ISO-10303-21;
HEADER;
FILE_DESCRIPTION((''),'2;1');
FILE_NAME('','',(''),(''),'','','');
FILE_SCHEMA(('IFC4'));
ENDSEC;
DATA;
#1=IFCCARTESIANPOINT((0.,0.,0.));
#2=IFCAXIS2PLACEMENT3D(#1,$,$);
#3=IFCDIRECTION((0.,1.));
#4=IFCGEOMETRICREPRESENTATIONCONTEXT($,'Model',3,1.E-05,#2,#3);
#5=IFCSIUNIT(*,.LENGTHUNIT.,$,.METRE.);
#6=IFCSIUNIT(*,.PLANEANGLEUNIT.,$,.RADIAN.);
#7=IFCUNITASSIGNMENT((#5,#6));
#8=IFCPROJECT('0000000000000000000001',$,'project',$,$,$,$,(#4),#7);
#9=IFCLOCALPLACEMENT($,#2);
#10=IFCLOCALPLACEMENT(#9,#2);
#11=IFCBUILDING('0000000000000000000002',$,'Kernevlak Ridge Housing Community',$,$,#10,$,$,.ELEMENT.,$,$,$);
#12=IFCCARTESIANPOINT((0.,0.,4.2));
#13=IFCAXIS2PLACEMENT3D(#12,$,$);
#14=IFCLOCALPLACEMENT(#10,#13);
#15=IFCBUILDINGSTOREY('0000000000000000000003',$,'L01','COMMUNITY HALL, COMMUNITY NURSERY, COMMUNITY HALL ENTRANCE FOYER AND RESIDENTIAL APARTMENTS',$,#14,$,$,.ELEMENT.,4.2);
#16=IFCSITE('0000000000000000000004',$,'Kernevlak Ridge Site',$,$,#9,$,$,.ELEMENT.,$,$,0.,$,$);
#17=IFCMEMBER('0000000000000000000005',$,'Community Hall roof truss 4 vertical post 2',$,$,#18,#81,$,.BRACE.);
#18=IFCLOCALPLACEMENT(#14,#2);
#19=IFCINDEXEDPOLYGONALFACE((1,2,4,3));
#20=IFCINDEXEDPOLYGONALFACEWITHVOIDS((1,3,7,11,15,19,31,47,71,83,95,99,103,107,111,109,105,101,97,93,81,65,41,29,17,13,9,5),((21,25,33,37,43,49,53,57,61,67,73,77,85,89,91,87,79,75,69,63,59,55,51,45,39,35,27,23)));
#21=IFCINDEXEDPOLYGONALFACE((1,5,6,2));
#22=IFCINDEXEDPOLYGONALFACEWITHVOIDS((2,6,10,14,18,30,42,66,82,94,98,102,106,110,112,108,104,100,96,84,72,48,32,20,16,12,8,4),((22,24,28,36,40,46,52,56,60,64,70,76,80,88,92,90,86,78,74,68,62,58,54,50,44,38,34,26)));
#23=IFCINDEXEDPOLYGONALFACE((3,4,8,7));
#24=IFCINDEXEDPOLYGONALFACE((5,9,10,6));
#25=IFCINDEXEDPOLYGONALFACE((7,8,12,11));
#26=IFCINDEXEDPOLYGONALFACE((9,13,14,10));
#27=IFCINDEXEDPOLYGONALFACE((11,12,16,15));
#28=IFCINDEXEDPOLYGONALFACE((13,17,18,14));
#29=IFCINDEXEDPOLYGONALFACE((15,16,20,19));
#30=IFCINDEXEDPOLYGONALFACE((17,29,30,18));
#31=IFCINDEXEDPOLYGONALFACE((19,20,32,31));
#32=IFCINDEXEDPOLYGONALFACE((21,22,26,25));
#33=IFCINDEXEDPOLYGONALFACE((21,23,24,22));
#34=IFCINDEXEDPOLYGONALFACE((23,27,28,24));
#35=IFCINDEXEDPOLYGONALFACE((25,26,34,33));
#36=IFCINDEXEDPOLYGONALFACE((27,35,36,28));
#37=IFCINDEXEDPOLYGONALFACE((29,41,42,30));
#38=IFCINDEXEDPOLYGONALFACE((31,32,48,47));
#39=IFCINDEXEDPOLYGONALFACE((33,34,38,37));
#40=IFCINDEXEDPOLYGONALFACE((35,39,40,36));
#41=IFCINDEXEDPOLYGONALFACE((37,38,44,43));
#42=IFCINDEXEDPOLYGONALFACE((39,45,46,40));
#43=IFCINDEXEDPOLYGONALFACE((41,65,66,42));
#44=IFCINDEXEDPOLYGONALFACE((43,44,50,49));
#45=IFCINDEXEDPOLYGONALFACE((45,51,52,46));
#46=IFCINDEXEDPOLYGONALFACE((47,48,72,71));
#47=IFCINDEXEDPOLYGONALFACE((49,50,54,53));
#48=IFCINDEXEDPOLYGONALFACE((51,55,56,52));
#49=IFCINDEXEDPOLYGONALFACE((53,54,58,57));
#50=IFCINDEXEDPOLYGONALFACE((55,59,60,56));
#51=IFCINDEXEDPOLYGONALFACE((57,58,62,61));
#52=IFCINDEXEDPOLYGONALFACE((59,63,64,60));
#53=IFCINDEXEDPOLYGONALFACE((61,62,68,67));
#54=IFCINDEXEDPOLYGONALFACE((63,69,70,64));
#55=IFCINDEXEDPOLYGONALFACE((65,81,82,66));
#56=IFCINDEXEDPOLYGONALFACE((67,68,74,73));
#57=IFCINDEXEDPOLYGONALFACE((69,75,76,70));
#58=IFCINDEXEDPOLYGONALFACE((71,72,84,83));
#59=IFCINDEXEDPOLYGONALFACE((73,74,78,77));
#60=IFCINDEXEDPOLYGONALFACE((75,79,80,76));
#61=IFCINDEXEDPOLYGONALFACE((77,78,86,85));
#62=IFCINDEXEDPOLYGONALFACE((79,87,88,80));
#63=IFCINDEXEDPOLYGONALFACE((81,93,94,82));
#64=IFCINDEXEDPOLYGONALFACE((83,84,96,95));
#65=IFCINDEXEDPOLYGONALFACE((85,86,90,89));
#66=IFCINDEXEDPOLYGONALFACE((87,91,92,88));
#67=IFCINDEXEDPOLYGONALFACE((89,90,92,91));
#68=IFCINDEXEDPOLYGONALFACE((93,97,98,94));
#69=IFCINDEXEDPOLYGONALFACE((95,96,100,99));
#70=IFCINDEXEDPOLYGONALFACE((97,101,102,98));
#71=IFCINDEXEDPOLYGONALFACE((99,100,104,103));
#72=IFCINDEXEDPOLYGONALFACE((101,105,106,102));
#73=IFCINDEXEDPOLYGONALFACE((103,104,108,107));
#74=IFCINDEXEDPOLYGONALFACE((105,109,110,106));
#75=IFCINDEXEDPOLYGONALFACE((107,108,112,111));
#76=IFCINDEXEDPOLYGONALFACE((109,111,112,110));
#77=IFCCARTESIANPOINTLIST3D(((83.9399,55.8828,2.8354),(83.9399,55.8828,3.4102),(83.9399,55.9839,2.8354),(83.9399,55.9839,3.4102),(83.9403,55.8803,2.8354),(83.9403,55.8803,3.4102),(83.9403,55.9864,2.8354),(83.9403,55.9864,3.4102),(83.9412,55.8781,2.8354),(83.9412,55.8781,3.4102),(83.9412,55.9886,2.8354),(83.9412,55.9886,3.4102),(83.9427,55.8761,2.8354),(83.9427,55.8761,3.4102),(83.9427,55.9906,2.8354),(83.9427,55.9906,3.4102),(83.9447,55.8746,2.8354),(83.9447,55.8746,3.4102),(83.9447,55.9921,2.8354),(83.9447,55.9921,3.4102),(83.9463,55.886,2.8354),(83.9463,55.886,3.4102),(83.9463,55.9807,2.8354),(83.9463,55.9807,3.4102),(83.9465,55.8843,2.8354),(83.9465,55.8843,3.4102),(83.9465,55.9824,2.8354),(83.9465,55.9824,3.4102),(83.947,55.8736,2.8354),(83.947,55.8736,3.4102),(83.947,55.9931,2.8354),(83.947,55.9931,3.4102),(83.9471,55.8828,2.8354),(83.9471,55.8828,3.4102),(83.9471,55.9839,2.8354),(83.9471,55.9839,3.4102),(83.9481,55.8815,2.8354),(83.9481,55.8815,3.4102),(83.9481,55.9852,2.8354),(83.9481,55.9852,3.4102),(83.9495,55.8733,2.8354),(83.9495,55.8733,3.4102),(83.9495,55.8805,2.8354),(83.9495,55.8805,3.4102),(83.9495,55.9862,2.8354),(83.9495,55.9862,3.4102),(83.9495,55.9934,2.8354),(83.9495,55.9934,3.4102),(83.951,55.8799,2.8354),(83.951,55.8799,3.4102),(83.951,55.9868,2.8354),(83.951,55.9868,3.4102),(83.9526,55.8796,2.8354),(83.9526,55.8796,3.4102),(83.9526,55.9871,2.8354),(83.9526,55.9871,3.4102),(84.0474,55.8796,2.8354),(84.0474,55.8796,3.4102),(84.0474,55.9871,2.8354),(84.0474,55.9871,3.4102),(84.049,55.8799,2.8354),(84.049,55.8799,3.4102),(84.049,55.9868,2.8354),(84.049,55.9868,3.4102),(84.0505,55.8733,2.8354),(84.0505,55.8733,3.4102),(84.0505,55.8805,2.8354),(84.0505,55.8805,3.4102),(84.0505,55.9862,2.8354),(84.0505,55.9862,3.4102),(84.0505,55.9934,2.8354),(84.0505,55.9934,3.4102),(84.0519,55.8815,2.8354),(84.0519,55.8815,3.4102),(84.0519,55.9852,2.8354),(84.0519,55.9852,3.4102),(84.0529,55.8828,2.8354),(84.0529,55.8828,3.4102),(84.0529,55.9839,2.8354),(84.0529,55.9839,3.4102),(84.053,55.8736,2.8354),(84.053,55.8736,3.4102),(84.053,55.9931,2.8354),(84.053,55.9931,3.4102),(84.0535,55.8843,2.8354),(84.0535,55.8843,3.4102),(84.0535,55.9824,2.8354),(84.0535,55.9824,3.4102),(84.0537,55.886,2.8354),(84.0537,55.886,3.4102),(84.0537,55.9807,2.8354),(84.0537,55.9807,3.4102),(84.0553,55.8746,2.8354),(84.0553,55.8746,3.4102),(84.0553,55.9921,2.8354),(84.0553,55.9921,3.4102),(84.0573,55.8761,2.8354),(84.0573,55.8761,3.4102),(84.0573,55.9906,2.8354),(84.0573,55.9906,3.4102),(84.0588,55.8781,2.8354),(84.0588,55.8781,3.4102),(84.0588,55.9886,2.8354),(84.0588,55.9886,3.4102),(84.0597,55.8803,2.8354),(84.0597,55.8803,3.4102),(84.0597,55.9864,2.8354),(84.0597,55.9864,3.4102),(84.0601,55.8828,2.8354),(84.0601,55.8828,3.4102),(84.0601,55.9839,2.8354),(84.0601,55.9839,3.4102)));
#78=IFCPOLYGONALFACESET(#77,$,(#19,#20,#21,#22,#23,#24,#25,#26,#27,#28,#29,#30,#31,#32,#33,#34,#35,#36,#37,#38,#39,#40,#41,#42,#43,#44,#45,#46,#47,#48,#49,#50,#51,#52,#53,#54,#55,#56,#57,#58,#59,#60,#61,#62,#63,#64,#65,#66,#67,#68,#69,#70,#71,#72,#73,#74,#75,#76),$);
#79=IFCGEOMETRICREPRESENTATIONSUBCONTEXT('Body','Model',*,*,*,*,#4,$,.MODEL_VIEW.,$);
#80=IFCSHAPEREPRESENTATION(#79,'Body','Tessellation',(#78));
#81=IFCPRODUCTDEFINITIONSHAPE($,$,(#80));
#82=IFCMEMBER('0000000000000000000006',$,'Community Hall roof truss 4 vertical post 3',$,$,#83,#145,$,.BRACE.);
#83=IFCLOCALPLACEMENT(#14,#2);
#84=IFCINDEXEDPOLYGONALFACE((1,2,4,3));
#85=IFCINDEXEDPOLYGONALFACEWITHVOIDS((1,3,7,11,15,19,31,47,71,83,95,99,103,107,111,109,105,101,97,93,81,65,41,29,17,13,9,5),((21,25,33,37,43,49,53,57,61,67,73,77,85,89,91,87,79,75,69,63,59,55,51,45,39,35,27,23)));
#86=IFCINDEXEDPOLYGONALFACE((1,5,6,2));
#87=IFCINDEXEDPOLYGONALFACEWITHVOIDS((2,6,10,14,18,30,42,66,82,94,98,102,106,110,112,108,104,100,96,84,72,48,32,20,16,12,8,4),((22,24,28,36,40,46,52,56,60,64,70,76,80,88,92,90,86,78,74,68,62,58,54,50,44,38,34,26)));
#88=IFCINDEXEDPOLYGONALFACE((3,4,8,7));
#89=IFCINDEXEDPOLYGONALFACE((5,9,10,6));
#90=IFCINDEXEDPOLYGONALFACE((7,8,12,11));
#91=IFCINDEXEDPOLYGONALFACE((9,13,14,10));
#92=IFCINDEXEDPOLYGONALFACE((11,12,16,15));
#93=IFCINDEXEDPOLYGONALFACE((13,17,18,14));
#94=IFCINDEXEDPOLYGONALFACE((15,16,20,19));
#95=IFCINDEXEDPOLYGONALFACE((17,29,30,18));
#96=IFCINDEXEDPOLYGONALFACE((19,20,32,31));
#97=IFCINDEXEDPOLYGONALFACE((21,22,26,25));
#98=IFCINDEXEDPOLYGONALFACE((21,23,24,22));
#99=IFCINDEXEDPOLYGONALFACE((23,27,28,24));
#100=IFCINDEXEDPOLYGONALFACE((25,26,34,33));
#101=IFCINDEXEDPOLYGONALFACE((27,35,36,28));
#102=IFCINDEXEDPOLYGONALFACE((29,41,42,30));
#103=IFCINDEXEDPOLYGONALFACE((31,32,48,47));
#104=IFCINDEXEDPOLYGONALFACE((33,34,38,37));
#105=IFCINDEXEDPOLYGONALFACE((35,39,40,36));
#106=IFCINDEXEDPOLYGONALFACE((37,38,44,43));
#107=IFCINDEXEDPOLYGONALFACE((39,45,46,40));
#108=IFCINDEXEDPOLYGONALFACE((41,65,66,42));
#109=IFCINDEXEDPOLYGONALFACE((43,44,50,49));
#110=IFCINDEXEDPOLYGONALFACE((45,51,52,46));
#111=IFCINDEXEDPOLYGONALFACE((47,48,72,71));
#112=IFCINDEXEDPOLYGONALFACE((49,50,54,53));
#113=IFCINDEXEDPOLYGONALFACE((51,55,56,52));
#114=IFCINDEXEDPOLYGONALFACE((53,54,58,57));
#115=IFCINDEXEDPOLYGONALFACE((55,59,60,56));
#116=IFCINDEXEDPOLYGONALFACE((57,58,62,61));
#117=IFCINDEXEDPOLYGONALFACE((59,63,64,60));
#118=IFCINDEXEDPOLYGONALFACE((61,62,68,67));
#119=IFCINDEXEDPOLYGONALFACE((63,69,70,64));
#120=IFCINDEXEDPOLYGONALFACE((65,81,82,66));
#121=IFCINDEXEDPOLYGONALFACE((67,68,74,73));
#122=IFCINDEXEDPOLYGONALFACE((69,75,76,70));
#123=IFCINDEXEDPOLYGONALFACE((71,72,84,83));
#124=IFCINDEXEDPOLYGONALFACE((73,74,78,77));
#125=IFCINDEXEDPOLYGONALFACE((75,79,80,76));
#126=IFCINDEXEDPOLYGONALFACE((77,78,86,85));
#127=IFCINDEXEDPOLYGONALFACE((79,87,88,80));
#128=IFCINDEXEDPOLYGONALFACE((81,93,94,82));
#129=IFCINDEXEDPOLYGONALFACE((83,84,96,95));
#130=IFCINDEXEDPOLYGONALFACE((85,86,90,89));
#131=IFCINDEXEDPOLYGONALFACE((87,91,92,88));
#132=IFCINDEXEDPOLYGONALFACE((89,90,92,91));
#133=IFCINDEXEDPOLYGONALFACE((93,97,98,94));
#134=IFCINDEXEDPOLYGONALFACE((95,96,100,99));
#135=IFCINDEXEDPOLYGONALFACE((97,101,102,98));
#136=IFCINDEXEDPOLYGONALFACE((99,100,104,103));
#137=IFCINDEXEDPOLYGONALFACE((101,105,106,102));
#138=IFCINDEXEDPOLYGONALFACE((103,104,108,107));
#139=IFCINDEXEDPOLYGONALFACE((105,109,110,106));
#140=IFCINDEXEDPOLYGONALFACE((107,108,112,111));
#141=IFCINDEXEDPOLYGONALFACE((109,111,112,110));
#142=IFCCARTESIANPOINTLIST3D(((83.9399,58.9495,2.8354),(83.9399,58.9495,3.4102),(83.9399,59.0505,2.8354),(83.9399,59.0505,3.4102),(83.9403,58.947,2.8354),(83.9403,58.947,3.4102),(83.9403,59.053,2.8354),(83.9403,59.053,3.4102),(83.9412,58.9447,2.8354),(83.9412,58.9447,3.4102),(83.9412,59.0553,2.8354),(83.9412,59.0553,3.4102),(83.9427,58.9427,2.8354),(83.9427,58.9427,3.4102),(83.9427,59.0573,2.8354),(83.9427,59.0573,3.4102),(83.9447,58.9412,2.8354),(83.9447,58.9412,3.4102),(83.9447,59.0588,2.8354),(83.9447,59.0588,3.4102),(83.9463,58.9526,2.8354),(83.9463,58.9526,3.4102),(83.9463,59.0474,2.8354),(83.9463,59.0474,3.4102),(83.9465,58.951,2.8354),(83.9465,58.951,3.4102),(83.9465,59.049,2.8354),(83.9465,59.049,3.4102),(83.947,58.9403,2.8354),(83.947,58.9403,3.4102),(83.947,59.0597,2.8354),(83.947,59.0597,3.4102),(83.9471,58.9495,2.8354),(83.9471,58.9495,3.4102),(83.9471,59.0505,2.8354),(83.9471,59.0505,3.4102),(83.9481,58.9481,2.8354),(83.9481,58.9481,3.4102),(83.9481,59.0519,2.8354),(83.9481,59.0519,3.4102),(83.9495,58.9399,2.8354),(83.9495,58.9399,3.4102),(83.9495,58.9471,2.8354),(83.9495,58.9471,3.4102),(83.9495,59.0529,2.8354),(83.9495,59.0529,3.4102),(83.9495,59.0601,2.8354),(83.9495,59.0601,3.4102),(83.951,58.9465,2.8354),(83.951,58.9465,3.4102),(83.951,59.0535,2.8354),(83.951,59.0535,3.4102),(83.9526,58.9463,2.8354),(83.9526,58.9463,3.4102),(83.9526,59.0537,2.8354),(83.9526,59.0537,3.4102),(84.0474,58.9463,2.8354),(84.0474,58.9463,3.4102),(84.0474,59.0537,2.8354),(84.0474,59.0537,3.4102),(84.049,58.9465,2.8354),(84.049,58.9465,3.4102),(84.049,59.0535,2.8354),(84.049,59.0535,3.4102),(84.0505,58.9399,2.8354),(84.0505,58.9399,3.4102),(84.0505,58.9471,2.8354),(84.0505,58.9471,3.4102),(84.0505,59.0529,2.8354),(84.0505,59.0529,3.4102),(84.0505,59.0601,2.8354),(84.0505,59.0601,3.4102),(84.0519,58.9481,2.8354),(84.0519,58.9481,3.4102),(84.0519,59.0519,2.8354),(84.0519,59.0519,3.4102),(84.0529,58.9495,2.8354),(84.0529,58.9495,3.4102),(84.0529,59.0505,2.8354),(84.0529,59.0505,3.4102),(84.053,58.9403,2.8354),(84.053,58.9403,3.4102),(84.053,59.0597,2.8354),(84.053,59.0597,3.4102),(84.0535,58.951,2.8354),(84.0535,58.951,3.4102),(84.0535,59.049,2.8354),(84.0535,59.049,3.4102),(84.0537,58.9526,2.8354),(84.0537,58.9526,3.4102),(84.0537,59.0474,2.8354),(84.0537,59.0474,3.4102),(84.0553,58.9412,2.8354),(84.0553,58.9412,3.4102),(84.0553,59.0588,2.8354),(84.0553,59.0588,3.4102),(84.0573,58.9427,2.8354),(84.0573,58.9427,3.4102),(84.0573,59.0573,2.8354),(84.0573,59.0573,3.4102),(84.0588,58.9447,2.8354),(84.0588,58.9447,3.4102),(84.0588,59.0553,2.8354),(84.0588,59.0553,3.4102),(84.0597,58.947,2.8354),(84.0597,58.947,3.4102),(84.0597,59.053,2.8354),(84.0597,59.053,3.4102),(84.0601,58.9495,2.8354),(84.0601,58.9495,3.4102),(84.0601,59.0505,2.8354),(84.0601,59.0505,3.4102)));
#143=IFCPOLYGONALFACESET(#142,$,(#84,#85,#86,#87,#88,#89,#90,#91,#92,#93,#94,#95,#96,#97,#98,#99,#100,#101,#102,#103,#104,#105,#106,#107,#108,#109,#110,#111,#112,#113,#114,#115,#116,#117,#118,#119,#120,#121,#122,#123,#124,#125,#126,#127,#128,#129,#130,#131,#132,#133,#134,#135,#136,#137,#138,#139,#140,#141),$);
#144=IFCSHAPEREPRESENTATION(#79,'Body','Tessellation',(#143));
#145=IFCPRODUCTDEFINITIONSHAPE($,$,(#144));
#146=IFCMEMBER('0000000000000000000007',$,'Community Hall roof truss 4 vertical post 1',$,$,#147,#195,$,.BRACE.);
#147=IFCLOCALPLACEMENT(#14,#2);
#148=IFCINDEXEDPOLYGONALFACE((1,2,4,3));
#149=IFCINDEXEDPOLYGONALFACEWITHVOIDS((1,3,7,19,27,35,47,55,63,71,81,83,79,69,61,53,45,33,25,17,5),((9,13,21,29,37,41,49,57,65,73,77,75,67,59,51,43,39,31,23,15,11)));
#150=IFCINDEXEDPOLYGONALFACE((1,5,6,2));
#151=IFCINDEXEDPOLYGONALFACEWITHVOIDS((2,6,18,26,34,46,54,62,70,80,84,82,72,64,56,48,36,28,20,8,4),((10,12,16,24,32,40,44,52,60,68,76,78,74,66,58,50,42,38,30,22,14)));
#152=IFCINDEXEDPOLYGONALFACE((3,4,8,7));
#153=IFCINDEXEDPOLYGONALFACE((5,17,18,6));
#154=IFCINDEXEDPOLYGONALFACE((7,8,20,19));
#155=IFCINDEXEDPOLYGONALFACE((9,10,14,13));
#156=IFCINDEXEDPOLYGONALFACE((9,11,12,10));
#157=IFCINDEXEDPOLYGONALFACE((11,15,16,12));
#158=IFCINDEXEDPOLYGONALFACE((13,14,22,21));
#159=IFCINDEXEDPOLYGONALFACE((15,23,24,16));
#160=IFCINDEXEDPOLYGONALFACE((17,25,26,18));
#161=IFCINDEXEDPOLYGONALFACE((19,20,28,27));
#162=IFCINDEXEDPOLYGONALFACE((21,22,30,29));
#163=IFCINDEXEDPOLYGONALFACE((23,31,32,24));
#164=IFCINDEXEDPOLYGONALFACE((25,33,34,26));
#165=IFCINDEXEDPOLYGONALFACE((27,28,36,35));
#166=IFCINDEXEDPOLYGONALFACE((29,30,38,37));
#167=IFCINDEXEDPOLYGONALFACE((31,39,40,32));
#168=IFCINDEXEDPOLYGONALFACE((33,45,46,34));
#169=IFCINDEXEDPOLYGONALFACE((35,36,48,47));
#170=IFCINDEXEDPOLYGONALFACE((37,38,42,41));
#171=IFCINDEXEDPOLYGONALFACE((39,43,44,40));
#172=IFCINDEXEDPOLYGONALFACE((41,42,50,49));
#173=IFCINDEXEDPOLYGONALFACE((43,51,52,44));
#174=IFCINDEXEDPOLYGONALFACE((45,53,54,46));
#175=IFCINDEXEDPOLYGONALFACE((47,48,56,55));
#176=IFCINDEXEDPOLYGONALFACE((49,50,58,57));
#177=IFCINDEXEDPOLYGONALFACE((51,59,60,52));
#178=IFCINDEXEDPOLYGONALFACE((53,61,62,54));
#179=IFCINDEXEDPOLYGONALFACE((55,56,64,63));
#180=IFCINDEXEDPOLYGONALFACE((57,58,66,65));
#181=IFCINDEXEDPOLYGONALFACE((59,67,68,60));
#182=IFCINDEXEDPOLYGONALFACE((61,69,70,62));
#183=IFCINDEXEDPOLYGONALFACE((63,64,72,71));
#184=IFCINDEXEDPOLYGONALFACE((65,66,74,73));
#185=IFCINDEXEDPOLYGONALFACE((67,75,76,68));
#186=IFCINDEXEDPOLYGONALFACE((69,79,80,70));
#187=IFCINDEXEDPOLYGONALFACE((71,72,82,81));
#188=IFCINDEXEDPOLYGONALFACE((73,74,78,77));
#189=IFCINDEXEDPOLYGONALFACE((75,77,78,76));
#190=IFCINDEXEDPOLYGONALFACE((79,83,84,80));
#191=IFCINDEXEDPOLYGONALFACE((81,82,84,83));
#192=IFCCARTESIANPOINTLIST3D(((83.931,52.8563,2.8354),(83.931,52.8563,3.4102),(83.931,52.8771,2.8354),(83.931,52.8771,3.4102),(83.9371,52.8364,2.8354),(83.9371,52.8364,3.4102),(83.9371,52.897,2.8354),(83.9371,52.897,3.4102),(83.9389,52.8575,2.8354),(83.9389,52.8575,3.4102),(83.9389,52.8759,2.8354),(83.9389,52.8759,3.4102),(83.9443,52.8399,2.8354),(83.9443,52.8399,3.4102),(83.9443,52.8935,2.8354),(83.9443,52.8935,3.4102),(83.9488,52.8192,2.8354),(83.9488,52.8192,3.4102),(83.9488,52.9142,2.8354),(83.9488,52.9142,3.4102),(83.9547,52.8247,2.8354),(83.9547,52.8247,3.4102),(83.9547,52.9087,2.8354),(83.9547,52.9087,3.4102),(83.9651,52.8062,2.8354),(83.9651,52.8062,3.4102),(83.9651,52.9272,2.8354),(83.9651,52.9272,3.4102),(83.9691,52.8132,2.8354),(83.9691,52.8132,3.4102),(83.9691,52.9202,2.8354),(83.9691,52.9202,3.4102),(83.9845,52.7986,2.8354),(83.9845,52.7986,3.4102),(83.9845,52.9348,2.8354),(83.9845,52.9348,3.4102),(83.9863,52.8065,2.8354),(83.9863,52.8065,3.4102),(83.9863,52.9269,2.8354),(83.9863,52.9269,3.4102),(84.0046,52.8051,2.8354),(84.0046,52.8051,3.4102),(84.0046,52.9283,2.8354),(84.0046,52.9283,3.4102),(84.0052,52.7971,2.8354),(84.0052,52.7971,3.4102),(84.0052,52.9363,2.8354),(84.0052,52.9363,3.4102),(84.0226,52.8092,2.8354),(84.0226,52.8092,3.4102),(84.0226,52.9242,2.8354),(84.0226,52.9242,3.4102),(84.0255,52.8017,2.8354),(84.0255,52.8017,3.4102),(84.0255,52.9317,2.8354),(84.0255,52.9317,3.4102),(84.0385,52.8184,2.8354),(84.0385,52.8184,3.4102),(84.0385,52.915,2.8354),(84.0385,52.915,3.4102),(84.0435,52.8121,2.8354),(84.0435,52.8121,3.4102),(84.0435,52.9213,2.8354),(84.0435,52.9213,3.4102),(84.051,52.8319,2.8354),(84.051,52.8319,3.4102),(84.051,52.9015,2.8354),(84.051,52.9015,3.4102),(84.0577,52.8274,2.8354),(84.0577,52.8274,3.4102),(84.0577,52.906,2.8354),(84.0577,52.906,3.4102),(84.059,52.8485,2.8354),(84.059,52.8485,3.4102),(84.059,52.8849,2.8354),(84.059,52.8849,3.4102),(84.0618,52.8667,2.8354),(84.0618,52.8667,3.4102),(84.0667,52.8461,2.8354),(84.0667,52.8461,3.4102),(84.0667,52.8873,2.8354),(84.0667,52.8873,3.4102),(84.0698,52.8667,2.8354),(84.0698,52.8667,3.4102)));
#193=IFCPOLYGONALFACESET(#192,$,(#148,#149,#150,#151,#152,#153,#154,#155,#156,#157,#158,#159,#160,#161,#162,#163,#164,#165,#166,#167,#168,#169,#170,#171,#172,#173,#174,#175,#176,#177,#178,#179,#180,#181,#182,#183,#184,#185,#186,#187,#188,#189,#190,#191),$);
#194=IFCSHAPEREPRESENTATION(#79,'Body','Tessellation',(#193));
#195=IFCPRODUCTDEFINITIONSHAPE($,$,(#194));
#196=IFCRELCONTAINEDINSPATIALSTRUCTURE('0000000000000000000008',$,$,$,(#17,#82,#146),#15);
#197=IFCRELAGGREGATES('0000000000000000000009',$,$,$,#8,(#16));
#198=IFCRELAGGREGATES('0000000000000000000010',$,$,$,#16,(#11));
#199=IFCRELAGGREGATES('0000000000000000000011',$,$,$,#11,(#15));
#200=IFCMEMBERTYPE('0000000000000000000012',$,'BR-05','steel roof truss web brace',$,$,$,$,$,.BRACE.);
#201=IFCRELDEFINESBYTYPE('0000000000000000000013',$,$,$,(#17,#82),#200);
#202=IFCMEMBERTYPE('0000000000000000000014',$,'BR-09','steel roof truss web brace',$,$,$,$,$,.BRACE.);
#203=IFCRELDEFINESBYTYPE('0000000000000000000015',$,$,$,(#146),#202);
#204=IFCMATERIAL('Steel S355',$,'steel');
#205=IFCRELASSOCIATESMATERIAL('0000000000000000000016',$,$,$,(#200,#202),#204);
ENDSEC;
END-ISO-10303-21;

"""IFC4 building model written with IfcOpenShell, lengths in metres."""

from ifc_helpers import new_model, si_unit, direction, frame, origin, origin_2d, place, context, subcontext, project, spatial, hollow_rectangle, hollow_circle, extrude, material, material_profile, profile_set, type_object, element, save


model = new_model("IFC4")

# Units and contexts
model_context = context("Model", 3, precision=1e-05, world=origin(), true_north=direction((0.0, 1.0)))
body_context = subcontext(model_context, "Body", "Model", "MODEL_VIEW")
ifc_project = project(units=[si_unit("LENGTHUNIT", "METRE"), si_unit("PLANEANGLEUNIT", "RADIAN")], contexts=[model_context])

# Site, building, storey
site_placement = place(None, origin())
site = spatial("IfcSite", under=ifc_project, at=site_placement, Name="Kernevlak Ridge Site", CompositionType="ELEMENT", RefElevation=0.0)
building_placement = place(site_placement, origin())
building = spatial("IfcBuilding", under=site, at=building_placement, Name="Kernevlak Ridge Housing Community", CompositionType="ELEMENT")
storey_placement = place(building_placement, frame((0.0, 0.0, 4.2)))
storey = spatial("IfcBuildingStorey", under=building, at=storey_placement, Name="L01", Description="COMMUNITY HALL, COMMUNITY NURSERY, COMMUNITY HALL ENTRANCE FOYER AND RESIDENTIAL APARTMENTS", CompositionType="ELEMENT", Elevation=4.2)

# Members
ifc_material = material(Name="Steel S355", Category="steel")
ifc_material_profile_1 = material_profile(ifc_material, hollow_rectangle(XDim=0.1201, YDim=0.1201, WallThickness=0.0063, InnerFilletRadius=0.0063, OuterFilletRadius=0.0095, at=origin_2d()), Name="SHS 120x120x6.3")
ifc_profile_set_1 = profile_set([ifc_material_profile_1], Name="Steel S355")
member_type_1 = type_object("IfcMemberType", Name="BR-05", Description="steel roof truss web brace", PredefinedType="BRACE", material=ifc_profile_set_1)
for number, where, z_axis, x_axis, name in (
    (1, (84.0, 55.9333, 2.8354), (0.0, 0.0, 1.0), (1.0, 0.0, 0.0), "Community Hall roof truss 4 vertical post 2"),
    (2, (84.0, 59.0, 2.8354), (0.0, 0.0, 1.0), (1.0, 0.0, 0.0), "Community Hall roof truss 4 vertical post 3"),
):
    element("IfcMember", number, at=place(storey_placement, frame(where, z_axis=z_axis, x_axis=x_axis)), inside=storey, type_object=member_type_1, Name=name, PredefinedType="BRACE", context=body_context, shape_type="SweptSolid", body=[
        extrude(hollow_rectangle(XDim=0.1201, YDim=0.1201, WallThickness=0.0063, InnerFilletRadius=0.0063, OuterFilletRadius=0.0095, at=origin_2d()), origin(), (0.0, 0.0, 1.0), 0.5747),
    ])
ifc_material_profile_2 = material_profile(ifc_material, hollow_circle(Radius=0.0698, WallThickness=0.0081, at=origin_2d()), Name="CHS 139.7x8")
ifc_profile_set_2 = profile_set([ifc_material_profile_2], Name="Steel S355")
member_type_2 = type_object("IfcMemberType", Name="BR-09", Description="steel roof truss web brace", PredefinedType="BRACE", material=ifc_profile_set_2)
member_1_placement = place(storey_placement, frame((84.0, 52.8667, 2.8354), z_axis=(0.0, 0.0, 1.0), x_axis=(1.0, 0.0, 0.0)))
element("IfcMember", 3, at=member_1_placement, inside=storey, type_object=member_type_2, Name="Community Hall roof truss 4 vertical post 1", PredefinedType="BRACE", context=body_context, shape_type="SweptSolid", body=[
    extrude(hollow_circle(Radius=0.0698, WallThickness=0.0081, at=origin_2d()), origin(), (0.0, 0.0, 1.0), 0.5747),
])

save(model, "model.ifc")
